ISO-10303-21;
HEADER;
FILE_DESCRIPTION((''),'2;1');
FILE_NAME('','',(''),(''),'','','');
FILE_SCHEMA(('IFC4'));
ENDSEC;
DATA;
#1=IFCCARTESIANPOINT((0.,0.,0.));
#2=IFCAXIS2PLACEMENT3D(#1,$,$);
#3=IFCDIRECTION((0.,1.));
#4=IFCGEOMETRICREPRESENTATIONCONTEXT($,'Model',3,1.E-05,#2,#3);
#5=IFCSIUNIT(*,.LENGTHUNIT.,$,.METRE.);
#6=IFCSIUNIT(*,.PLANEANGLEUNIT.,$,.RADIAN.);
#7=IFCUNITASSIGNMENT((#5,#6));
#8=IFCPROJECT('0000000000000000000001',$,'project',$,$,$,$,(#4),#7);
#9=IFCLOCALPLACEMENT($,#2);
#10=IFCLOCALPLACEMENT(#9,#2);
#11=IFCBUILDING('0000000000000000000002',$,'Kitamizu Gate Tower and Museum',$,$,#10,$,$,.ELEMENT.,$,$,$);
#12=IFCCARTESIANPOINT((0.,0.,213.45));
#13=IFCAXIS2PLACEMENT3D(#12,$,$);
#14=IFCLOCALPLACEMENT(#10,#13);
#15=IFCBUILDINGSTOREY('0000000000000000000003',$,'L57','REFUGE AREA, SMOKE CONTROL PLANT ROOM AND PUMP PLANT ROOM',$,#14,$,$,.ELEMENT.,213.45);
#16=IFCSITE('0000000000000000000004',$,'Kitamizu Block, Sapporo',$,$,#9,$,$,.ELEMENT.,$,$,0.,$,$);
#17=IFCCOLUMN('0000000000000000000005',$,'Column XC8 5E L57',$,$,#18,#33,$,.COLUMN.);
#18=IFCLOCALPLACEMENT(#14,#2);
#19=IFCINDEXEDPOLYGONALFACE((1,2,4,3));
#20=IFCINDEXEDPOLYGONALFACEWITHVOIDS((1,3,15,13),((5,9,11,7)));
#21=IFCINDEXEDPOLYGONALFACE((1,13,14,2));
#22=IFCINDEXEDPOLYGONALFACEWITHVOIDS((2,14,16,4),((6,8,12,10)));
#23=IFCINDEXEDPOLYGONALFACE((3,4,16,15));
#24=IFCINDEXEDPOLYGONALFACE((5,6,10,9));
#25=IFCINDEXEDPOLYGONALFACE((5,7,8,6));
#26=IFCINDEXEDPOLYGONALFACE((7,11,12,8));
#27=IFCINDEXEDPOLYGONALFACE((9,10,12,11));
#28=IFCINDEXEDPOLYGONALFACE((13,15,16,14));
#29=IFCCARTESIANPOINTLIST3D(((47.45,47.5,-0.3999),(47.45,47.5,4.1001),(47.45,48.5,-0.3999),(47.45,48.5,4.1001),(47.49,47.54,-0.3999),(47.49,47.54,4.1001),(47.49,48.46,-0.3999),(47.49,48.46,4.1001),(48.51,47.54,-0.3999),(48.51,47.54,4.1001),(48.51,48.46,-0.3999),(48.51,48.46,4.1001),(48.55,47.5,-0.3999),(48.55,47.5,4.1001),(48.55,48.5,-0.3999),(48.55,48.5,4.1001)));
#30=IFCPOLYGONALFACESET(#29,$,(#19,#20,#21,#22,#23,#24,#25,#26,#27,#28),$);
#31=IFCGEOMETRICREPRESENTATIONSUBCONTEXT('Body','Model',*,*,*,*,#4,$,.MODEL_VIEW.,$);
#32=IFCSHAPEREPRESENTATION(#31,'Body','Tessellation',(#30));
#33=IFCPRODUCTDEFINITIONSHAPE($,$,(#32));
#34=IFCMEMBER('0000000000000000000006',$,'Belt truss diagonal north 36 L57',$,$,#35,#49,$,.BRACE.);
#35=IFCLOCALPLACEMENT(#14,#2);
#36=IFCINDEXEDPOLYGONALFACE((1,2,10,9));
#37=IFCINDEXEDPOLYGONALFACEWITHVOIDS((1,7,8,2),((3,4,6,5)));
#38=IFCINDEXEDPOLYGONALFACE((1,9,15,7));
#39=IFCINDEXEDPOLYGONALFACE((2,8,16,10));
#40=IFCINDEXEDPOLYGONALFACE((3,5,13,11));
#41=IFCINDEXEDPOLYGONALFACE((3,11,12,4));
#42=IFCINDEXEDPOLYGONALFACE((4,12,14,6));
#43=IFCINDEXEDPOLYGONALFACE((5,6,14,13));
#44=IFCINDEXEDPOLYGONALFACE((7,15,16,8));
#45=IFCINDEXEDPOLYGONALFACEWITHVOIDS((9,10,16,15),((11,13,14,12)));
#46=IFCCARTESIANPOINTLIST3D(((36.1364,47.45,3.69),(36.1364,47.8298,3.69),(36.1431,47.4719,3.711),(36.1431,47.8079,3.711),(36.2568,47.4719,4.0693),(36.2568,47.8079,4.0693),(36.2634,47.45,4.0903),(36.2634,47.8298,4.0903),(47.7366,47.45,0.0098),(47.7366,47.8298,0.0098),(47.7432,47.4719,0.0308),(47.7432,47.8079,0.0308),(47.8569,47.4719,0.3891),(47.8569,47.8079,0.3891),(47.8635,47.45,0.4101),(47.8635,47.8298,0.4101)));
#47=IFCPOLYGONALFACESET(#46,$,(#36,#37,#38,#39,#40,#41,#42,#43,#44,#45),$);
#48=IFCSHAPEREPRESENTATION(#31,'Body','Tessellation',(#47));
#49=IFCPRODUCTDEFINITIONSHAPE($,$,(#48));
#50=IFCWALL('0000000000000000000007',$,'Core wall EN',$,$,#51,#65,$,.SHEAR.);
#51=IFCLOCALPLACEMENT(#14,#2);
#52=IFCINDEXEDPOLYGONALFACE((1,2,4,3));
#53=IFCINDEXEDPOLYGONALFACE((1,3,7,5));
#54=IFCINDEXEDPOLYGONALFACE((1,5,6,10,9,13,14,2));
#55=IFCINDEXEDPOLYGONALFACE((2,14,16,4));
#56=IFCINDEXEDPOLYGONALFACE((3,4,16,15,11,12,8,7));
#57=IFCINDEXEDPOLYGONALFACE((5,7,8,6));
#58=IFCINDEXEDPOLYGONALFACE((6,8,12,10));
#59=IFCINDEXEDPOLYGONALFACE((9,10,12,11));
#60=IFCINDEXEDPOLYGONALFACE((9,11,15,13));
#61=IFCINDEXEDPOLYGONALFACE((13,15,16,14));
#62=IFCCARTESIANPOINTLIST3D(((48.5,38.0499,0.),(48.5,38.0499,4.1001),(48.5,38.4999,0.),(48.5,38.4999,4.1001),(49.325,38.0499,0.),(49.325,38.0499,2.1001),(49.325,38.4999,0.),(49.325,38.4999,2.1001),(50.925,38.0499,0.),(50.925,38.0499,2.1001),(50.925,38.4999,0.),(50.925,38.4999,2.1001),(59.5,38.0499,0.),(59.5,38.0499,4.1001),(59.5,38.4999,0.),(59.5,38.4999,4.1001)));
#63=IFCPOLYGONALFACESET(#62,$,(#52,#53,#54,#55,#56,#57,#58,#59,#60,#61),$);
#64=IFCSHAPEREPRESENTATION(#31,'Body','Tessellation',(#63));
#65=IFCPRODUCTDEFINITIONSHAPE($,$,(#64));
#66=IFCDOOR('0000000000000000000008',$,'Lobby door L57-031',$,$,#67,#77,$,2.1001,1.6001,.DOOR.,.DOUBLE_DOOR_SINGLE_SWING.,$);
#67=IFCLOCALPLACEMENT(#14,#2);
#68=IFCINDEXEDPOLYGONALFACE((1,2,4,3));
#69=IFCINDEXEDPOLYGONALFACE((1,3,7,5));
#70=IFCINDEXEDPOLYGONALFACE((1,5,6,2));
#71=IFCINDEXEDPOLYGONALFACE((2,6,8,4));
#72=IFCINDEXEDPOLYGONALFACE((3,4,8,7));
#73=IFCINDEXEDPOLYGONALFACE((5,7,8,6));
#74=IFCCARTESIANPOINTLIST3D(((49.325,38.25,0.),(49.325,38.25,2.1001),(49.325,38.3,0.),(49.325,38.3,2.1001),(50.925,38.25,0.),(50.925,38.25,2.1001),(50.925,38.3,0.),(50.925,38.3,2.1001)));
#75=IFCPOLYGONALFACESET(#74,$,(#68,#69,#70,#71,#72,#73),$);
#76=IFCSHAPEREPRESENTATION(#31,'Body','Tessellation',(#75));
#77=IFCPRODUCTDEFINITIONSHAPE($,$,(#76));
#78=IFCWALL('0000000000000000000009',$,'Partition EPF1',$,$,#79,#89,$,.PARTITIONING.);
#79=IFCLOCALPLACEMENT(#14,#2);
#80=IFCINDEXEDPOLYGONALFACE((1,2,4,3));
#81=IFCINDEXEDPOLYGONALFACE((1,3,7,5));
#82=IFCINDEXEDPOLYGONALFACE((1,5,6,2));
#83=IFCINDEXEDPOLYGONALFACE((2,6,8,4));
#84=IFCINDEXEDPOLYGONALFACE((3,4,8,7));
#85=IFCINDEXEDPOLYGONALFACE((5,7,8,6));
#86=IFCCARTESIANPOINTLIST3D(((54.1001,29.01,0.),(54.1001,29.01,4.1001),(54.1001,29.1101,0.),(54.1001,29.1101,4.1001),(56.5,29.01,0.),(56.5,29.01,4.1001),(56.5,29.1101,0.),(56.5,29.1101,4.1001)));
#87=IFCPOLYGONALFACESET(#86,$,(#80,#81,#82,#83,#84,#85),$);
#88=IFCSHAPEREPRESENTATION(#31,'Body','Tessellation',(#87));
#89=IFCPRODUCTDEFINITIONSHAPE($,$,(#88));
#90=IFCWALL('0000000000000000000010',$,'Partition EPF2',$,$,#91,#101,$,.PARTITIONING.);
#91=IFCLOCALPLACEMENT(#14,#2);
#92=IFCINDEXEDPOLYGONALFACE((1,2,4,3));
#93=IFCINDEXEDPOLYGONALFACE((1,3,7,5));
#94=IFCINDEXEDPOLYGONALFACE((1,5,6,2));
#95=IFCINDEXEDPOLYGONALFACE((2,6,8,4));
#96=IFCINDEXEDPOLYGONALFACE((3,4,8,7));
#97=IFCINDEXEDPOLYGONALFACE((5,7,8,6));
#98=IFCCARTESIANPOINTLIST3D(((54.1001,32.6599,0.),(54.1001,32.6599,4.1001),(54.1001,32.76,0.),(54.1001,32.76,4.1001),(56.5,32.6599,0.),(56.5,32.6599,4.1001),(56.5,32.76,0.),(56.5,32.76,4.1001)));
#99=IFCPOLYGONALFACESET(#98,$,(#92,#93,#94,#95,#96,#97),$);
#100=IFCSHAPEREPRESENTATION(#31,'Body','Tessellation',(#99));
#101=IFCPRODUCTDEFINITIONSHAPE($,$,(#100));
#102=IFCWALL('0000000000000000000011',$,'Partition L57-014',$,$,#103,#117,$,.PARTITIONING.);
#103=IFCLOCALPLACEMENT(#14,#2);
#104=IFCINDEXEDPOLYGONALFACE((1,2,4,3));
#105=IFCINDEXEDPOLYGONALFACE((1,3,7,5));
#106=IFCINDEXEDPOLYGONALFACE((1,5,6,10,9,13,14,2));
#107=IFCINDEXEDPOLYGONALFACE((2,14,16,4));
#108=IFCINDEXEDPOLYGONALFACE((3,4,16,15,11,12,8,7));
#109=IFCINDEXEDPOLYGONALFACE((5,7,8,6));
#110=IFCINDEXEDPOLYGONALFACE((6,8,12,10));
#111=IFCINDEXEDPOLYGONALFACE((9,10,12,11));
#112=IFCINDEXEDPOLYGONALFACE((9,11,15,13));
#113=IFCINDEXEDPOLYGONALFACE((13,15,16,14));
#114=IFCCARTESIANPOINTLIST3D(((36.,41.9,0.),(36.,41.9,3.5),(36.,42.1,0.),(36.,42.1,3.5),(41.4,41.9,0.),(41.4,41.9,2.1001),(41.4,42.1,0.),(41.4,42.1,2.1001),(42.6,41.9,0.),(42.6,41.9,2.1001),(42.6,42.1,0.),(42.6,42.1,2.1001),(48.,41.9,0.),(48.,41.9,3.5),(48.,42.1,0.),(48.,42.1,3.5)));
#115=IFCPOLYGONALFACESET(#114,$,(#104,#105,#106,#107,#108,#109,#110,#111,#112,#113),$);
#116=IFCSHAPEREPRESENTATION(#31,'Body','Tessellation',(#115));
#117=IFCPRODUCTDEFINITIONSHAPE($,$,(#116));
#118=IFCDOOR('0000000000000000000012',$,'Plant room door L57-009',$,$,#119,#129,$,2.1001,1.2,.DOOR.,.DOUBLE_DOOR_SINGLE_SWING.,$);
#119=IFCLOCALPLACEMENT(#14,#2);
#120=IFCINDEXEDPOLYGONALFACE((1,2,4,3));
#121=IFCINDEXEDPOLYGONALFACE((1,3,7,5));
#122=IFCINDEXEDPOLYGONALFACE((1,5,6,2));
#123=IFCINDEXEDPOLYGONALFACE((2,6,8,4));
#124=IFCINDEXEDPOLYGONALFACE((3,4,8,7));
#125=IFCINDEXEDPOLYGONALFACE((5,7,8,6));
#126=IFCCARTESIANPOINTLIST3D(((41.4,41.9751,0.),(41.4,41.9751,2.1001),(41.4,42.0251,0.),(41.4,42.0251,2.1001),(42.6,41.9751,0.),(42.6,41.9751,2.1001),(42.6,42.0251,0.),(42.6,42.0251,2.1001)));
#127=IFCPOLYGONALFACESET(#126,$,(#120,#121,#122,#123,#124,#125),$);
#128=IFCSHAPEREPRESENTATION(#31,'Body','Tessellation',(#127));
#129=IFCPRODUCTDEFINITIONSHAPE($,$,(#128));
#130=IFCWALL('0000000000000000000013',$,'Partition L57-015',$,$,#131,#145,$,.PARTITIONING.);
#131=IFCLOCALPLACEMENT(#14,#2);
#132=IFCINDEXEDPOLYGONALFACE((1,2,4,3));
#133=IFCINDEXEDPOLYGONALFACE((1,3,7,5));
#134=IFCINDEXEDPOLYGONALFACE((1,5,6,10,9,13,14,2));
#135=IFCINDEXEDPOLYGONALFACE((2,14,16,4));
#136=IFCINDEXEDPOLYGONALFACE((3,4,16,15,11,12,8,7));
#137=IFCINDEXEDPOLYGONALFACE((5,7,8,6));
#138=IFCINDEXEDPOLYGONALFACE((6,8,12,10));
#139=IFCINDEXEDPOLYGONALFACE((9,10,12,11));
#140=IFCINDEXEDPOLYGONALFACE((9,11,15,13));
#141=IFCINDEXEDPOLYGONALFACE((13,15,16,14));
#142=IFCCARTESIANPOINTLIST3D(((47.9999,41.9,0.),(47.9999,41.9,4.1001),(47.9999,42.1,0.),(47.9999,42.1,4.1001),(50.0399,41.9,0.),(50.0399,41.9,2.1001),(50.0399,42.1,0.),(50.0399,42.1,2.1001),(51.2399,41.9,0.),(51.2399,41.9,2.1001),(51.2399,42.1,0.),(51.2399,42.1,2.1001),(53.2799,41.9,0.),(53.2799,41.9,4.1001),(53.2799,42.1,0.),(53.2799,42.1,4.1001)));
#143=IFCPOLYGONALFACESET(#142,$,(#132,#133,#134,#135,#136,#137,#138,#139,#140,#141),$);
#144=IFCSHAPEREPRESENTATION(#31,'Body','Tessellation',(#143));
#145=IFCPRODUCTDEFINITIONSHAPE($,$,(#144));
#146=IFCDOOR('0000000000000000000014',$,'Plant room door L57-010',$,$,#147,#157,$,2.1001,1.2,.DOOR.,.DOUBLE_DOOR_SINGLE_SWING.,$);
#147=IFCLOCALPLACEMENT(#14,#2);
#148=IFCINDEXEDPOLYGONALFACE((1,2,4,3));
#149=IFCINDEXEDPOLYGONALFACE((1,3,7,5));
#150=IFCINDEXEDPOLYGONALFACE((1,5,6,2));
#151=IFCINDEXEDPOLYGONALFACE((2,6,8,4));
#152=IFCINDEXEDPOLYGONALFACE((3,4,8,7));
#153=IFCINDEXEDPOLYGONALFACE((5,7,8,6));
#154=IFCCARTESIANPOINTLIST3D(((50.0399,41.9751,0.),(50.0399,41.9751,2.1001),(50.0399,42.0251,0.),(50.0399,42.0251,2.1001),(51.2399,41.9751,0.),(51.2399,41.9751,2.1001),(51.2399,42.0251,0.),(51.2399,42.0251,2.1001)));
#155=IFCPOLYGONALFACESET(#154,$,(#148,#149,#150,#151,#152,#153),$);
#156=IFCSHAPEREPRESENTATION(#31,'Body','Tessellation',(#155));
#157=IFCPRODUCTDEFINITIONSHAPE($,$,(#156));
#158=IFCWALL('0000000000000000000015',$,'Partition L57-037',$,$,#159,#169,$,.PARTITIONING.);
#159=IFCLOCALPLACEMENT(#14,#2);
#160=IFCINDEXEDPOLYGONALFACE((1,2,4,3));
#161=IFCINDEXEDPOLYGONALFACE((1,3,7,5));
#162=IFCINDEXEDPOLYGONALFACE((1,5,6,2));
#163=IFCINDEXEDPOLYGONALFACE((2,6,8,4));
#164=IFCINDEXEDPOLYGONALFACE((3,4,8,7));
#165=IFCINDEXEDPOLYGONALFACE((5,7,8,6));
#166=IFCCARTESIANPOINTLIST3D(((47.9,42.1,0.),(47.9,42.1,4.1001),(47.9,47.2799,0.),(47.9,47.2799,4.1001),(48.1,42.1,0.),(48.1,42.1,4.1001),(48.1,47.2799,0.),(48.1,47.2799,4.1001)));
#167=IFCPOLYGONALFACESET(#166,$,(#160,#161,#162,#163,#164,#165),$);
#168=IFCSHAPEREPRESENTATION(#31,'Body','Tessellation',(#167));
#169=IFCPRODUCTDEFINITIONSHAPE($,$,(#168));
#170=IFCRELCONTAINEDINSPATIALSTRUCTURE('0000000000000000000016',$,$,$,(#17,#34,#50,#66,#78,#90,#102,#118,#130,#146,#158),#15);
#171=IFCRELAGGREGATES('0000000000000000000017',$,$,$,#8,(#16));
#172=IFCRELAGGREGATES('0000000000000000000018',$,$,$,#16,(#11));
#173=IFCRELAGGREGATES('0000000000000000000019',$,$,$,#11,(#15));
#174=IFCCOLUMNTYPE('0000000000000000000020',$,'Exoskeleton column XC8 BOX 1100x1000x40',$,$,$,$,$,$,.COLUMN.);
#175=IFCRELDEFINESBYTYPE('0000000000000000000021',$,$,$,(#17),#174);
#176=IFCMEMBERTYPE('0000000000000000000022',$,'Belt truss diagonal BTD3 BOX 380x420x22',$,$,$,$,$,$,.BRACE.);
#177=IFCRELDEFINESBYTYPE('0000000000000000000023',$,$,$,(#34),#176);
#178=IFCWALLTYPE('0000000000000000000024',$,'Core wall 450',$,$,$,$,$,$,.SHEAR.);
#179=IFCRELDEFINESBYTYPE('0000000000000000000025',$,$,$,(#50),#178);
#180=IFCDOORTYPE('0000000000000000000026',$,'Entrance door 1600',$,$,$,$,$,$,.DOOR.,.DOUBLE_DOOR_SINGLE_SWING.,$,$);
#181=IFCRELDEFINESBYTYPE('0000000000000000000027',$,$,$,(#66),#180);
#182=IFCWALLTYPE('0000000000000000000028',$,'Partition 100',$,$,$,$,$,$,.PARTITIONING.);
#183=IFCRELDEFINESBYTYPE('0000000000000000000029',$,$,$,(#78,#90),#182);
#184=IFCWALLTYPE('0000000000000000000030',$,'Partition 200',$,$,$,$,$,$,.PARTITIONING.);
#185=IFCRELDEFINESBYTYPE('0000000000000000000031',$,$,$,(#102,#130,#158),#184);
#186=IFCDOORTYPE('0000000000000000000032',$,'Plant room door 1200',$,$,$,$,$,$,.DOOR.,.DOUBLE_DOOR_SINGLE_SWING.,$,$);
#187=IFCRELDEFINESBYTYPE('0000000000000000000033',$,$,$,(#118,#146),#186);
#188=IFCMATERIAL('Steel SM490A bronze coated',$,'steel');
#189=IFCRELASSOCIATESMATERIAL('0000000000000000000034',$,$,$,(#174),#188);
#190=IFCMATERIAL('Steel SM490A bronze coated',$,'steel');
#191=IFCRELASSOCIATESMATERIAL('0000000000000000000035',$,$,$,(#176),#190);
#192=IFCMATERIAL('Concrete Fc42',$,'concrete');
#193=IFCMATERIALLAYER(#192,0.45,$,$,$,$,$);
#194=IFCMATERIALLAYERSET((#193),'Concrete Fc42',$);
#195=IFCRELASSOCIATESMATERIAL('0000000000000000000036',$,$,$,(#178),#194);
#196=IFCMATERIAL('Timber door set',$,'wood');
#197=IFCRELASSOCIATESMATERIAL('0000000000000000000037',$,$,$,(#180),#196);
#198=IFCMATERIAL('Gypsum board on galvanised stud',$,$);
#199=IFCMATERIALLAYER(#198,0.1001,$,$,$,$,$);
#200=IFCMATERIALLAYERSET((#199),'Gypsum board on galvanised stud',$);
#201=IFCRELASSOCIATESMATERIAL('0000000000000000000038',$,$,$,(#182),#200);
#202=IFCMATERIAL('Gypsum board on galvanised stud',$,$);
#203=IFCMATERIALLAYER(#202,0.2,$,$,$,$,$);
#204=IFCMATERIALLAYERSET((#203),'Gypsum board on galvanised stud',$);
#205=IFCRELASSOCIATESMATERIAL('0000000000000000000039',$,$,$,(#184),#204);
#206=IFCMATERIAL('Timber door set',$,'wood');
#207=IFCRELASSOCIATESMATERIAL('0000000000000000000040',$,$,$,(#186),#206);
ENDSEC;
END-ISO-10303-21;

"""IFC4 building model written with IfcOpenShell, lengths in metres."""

from ifc_helpers import new_model, si_unit, direction, frame, frame_2d, origin, origin_2d, place, context, subcontext, project, spatial, rectangle, hollow_rectangle, extrude, material, layer, layer_set, material_profile, profile_set, type_object, element, fill, save


model = new_model("IFC4")

# Units and contexts
model_context = context("Model", 3, precision=1e-05, world=origin(), true_north=direction((0.0, 1.0)))
body_context = subcontext(model_context, "Body", "Model", "MODEL_VIEW")
ifc_project = project(units=[si_unit("LENGTHUNIT", "METRE"), si_unit("PLANEANGLEUNIT", "RADIAN")], contexts=[model_context])

# Site, building, storey
site_placement = place(None, origin())
site = spatial("IfcSite", under=ifc_project, at=site_placement, Name="Kitamizu Block, Sapporo", CompositionType="ELEMENT", RefElevation=0.0)
building_placement = place(site_placement, origin())
building = spatial("IfcBuilding", under=site, at=building_placement, Name="Kitamizu Gate Tower and Museum", CompositionType="ELEMENT")
storey_placement = place(building_placement, frame((0.0, 0.0, 213.45)))
storey = spatial("IfcBuildingStorey", under=building, at=storey_placement, Name="L57", Description="REFUGE AREA, SMOKE CONTROL PLANT ROOM AND PUMP PLANT ROOM", CompositionType="ELEMENT", Elevation=213.45)

# Column
ifc_material_1 = material(Name="Steel SM490A bronze coated", Category="steel")
ifc_material_profile_1 = material_profile(ifc_material_1, hollow_rectangle(XDim=1.1001, YDim=1.0, WallThickness=0.04, at=origin_2d()), Name="BOX 1100x1000x40")
ifc_profile_set_1 = profile_set([ifc_material_profile_1], Name="Steel SM490A bronze coated")
column_type = type_object("IfcColumnType", Name="Exoskeleton column XC8 BOX 1100x1000x40", PredefinedType="COLUMN", material=ifc_profile_set_1)
column_placement = place(storey_placement, frame((48.0, 48.0, -0.3999), z_axis=(0.0, 0.0, 1.0), x_axis=(1.0, 0.0, 0.0)))
element("IfcColumn", 1, at=column_placement, inside=storey, type_object=column_type, Name="Column XC8 5E L57", PredefinedType="COLUMN", context=body_context, shape_type="SweptSolid", body=[
    extrude(hollow_rectangle(XDim=1.1001, YDim=1.0, WallThickness=0.04, at=origin_2d()), origin(), (0.0, 0.0, 1.0), 4.5),
])

# Member
ifc_material_2 = material(Name="Steel SM490A bronze coated", Category="steel")
ifc_material_profile_2 = material_profile(ifc_material_2, hollow_rectangle(XDim=0.3799, YDim=0.4199, WallThickness=0.022, at=origin_2d()), Name="BOX 380x420x22")
ifc_profile_set_2 = profile_set([ifc_material_profile_2], Name="Steel SM490A bronze coated")
member_type = type_object("IfcMemberType", Name="Belt truss diagonal BTD3 BOX 380x420x22", PredefinedType="BRACE", material=ifc_profile_set_2)
member_placement = place(storey_placement, frame((47.8, 47.6399, 0.21), z_axis=(-0.953181, 0.0, 0.3024), x_axis=(0.0, -1.0, 0.0)))
element("IfcMember", 2, at=member_placement, inside=storey, type_object=member_type, Name="Belt truss diagonal north 36 L57", PredefinedType="BRACE", context=body_context, shape_type="SweptSolid", body=[
    extrude(hollow_rectangle(XDim=0.3799, YDim=0.4199, WallThickness=0.022, at=origin_2d()), origin(), (0.0, 0.0, 1.0), 12.1699),
])

# Wall, opening, door
ifc_material_3 = material(Name="Concrete Fc42", Category="concrete")
ifc_layer_1 = layer(ifc_material_3, 0.45)
ifc_layer_set_1 = layer_set([ifc_layer_1], Name="Concrete Fc42")
wall_type_1 = type_object("IfcWallType", Name="Core wall 450", PredefinedType="SHEAR", material=ifc_layer_set_1)
wall_1_placement = place(storey_placement, frame((59.5, 38.2749, 0.0), z_axis=(0.0, 0.0, 1.0), x_axis=(-1.0, 0.0, 0.0)))
wall_1 = element("IfcWall", 3, at=wall_1_placement, inside=storey, type_object=wall_type_1, Name="Core wall EN", PredefinedType="SHEAR", context=body_context, shape_type="SweptSolid", body=[
    extrude(rectangle(XDim=11.0, YDim=0.45, at=frame_2d((5.5, 0.0))), origin(), (0.0, 0.0, 1.0), 4.1001),
])
opening_1_placement = place(wall_1_placement, frame((8.575, 0.0, 0.0)))
opening_1 = element("IfcOpeningElement", 4, at=opening_1_placement, cuts=wall_1, PredefinedType="OPENING", context=body_context, shape_type="SweptSolid", body=[
    extrude(rectangle(XDim=1.6001, YDim=2.1001, at=frame_2d((0.8, 1.05))), frame((0.0, 0.2349, 0.0), z_axis=(0.0, -1.0, 0.0), x_axis=(1.0, 0.0, 0.0)), (0.0, 0.0, 1.0), 0.47),
])
ifc_material_4 = material(Name="Timber door set", Category="wood")
door_type_1 = type_object("IfcDoorType", Name="Entrance door 1600", OperationType="DOUBLE_DOOR_SINGLE_SWING", PredefinedType="DOOR", material=ifc_material_4)
door_1_placement = place(opening_1_placement, origin())
door_1 = element("IfcDoor", 5, at=door_1_placement, inside=storey, type_object=door_type_1, Name="Lobby door L57-031", OperationType="DOUBLE_DOOR_SINGLE_SWING", OverallHeight=2.1001, OverallWidth=1.6001, PredefinedType="DOOR", context=body_context, shape_type="SweptSolid", body=[
    extrude(rectangle(XDim=1.6001, YDim=2.1001, at=frame_2d((0.8, 1.05))), frame((0.0, 0.0249, 0.0), z_axis=(0.0, -1.0, 0.0), x_axis=(1.0, 0.0, 0.0)), (0.0, 0.0, 1.0), 0.05),
])
fill(opening_1, door_1)

# Walls
ifc_material_5 = material(Name="Gypsum board on galvanised stud")
ifc_layer_2 = layer(ifc_material_5, 0.1001)
ifc_layer_set_2 = layer_set([ifc_layer_2], Name="Gypsum board on galvanised stud")
wall_type_2 = type_object("IfcWallType", Name="Partition 100", PredefinedType="PARTITIONING", material=ifc_layer_set_2)
for number, where, z_axis, x_axis, name in (
    (6, (56.5, 29.0601, 0.0), (0.0, 0.0, 1.0), (-1.0, 0.0, 0.0), "Partition EPF1"),
    (7, (56.5, 32.71, 0.0), (0.0, 0.0, 1.0), (-1.0, 0.0, 0.0), "Partition EPF2"),
):
    element("IfcWall", number, at=place(storey_placement, frame(where, z_axis=z_axis, x_axis=x_axis)), inside=storey, type_object=wall_type_2, Name=name, PredefinedType="PARTITIONING", context=body_context, shape_type="SweptSolid", body=[
        extrude(rectangle(XDim=2.3999, YDim=0.1001, at=frame_2d((1.2, 0.0))), origin(), (0.0, 0.0, 1.0), 4.1001),
    ])

# Walls, openings, doors
ifc_material_6 = material(Name="Gypsum board on galvanised stud")
ifc_layer_3 = layer(ifc_material_6, 0.2)
ifc_layer_set_3 = layer_set([ifc_layer_3], Name="Gypsum board on galvanised stud")
wall_type_3 = type_object("IfcWallType", Name="Partition 200", PredefinedType="PARTITIONING", material=ifc_layer_set_3)
wall_2_placement = place(storey_placement, frame((48.0, 42.0, 0.0), z_axis=(0.0, 0.0, 1.0), x_axis=(-1.0, 0.0, 0.0)))
wall_2 = element("IfcWall", 8, at=wall_2_placement, inside=storey, type_object=wall_type_3, Name="Partition L57-014", PredefinedType="PARTITIONING", context=body_context, shape_type="SweptSolid", body=[
    extrude(rectangle(XDim=12.0, YDim=0.2, at=frame_2d((6.0, 0.0))), origin(), (0.0, 0.0, 1.0), 3.5),
])
opening_2_placement = place(wall_2_placement, frame((5.3999, 0.0, 0.0)))
opening_2 = element("IfcOpeningElement", 9, at=opening_2_placement, cuts=wall_2, PredefinedType="OPENING", context=body_context, shape_type="SweptSolid", body=[
    extrude(rectangle(XDim=1.2, YDim=2.1001, at=frame_2d((0.6001, 1.05))), frame((0.0, 0.1099, 0.0), z_axis=(0.0, -1.0, 0.0), x_axis=(1.0, 0.0, 0.0)), (0.0, 0.0, 1.0), 0.22),
])
ifc_material_7 = material(Name="Timber door set", Category="wood")
door_type_2 = type_object("IfcDoorType", Name="Plant room door 1200", OperationType="DOUBLE_DOOR_SINGLE_SWING", PredefinedType="DOOR", material=ifc_material_7)
door_2_placement = place(opening_2_placement, origin())
door_2 = element("IfcDoor", 10, at=door_2_placement, inside=storey, type_object=door_type_2, Name="Plant room door L57-009", OperationType="DOUBLE_DOOR_SINGLE_SWING", OverallHeight=2.1001, OverallWidth=1.2, PredefinedType="DOOR", context=body_context, shape_type="SweptSolid", body=[
    extrude(rectangle(XDim=1.2, YDim=2.1001, at=frame_2d((0.6001, 1.05))), frame((0.0, 0.0249, 0.0), z_axis=(0.0, -1.0, 0.0), x_axis=(1.0, 0.0, 0.0)), (0.0, 0.0, 1.0), 0.05),
])
fill(opening_2, door_2)
wall_3_placement = place(storey_placement, frame((53.28, 42.0, 0.0), z_axis=(0.0, 0.0, 1.0), x_axis=(-1.0, 0.0, 0.0)))
wall_3 = element("IfcWall", 11, at=wall_3_placement, inside=storey, type_object=wall_type_3, Name="Partition L57-015", PredefinedType="PARTITIONING", context=body_context, shape_type="SweptSolid", body=[
    extrude(rectangle(XDim=5.28, YDim=0.2, at=frame_2d((2.6401, 0.0))), origin(), (0.0, 0.0, 1.0), 4.1001),
])
opening_3_placement = place(wall_3_placement, frame((2.04, 0.0, 0.0)))
opening_3 = element("IfcOpeningElement", 12, at=opening_3_placement, cuts=wall_3, PredefinedType="OPENING", context=body_context, shape_type="SweptSolid", body=[
    extrude(rectangle(XDim=1.2, YDim=2.1001, at=frame_2d((0.6001, 1.05))), frame((0.0, 0.1099, 0.0), z_axis=(0.0, -1.0, 0.0), x_axis=(1.0, 0.0, 0.0)), (0.0, 0.0, 1.0), 0.22),
])
door_3_placement = place(opening_3_placement, origin())
door_3 = element("IfcDoor", 13, at=door_3_placement, inside=storey, type_object=door_type_2, Name="Plant room door L57-010", OperationType="DOUBLE_DOOR_SINGLE_SWING", OverallHeight=2.1001, OverallWidth=1.2, PredefinedType="DOOR", context=body_context, shape_type="SweptSolid", body=[
    extrude(rectangle(XDim=1.2, YDim=2.1001, at=frame_2d((0.6001, 1.05))), frame((0.0, 0.0249, 0.0), z_axis=(0.0, -1.0, 0.0), x_axis=(1.0, 0.0, 0.0)), (0.0, 0.0, 1.0), 0.05),
])
fill(opening_3, door_3)

# Wall
wall_4_placement = place(storey_placement, frame((48.0, 42.1001, 0.0), z_axis=(0.0, 0.0, 1.0), x_axis=(0.0, 1.0, 0.0)))
element("IfcWall", 14, at=wall_4_placement, inside=storey, type_object=wall_type_3, Name="Partition L57-037", PredefinedType="PARTITIONING", context=body_context, shape_type="SweptSolid", body=[
    extrude(rectangle(XDim=5.1799, YDim=0.2, at=frame_2d((2.5898, 0.0))), origin(), (0.0, 0.0, 1.0), 4.1001),
])

save(model, "model.ifc")
